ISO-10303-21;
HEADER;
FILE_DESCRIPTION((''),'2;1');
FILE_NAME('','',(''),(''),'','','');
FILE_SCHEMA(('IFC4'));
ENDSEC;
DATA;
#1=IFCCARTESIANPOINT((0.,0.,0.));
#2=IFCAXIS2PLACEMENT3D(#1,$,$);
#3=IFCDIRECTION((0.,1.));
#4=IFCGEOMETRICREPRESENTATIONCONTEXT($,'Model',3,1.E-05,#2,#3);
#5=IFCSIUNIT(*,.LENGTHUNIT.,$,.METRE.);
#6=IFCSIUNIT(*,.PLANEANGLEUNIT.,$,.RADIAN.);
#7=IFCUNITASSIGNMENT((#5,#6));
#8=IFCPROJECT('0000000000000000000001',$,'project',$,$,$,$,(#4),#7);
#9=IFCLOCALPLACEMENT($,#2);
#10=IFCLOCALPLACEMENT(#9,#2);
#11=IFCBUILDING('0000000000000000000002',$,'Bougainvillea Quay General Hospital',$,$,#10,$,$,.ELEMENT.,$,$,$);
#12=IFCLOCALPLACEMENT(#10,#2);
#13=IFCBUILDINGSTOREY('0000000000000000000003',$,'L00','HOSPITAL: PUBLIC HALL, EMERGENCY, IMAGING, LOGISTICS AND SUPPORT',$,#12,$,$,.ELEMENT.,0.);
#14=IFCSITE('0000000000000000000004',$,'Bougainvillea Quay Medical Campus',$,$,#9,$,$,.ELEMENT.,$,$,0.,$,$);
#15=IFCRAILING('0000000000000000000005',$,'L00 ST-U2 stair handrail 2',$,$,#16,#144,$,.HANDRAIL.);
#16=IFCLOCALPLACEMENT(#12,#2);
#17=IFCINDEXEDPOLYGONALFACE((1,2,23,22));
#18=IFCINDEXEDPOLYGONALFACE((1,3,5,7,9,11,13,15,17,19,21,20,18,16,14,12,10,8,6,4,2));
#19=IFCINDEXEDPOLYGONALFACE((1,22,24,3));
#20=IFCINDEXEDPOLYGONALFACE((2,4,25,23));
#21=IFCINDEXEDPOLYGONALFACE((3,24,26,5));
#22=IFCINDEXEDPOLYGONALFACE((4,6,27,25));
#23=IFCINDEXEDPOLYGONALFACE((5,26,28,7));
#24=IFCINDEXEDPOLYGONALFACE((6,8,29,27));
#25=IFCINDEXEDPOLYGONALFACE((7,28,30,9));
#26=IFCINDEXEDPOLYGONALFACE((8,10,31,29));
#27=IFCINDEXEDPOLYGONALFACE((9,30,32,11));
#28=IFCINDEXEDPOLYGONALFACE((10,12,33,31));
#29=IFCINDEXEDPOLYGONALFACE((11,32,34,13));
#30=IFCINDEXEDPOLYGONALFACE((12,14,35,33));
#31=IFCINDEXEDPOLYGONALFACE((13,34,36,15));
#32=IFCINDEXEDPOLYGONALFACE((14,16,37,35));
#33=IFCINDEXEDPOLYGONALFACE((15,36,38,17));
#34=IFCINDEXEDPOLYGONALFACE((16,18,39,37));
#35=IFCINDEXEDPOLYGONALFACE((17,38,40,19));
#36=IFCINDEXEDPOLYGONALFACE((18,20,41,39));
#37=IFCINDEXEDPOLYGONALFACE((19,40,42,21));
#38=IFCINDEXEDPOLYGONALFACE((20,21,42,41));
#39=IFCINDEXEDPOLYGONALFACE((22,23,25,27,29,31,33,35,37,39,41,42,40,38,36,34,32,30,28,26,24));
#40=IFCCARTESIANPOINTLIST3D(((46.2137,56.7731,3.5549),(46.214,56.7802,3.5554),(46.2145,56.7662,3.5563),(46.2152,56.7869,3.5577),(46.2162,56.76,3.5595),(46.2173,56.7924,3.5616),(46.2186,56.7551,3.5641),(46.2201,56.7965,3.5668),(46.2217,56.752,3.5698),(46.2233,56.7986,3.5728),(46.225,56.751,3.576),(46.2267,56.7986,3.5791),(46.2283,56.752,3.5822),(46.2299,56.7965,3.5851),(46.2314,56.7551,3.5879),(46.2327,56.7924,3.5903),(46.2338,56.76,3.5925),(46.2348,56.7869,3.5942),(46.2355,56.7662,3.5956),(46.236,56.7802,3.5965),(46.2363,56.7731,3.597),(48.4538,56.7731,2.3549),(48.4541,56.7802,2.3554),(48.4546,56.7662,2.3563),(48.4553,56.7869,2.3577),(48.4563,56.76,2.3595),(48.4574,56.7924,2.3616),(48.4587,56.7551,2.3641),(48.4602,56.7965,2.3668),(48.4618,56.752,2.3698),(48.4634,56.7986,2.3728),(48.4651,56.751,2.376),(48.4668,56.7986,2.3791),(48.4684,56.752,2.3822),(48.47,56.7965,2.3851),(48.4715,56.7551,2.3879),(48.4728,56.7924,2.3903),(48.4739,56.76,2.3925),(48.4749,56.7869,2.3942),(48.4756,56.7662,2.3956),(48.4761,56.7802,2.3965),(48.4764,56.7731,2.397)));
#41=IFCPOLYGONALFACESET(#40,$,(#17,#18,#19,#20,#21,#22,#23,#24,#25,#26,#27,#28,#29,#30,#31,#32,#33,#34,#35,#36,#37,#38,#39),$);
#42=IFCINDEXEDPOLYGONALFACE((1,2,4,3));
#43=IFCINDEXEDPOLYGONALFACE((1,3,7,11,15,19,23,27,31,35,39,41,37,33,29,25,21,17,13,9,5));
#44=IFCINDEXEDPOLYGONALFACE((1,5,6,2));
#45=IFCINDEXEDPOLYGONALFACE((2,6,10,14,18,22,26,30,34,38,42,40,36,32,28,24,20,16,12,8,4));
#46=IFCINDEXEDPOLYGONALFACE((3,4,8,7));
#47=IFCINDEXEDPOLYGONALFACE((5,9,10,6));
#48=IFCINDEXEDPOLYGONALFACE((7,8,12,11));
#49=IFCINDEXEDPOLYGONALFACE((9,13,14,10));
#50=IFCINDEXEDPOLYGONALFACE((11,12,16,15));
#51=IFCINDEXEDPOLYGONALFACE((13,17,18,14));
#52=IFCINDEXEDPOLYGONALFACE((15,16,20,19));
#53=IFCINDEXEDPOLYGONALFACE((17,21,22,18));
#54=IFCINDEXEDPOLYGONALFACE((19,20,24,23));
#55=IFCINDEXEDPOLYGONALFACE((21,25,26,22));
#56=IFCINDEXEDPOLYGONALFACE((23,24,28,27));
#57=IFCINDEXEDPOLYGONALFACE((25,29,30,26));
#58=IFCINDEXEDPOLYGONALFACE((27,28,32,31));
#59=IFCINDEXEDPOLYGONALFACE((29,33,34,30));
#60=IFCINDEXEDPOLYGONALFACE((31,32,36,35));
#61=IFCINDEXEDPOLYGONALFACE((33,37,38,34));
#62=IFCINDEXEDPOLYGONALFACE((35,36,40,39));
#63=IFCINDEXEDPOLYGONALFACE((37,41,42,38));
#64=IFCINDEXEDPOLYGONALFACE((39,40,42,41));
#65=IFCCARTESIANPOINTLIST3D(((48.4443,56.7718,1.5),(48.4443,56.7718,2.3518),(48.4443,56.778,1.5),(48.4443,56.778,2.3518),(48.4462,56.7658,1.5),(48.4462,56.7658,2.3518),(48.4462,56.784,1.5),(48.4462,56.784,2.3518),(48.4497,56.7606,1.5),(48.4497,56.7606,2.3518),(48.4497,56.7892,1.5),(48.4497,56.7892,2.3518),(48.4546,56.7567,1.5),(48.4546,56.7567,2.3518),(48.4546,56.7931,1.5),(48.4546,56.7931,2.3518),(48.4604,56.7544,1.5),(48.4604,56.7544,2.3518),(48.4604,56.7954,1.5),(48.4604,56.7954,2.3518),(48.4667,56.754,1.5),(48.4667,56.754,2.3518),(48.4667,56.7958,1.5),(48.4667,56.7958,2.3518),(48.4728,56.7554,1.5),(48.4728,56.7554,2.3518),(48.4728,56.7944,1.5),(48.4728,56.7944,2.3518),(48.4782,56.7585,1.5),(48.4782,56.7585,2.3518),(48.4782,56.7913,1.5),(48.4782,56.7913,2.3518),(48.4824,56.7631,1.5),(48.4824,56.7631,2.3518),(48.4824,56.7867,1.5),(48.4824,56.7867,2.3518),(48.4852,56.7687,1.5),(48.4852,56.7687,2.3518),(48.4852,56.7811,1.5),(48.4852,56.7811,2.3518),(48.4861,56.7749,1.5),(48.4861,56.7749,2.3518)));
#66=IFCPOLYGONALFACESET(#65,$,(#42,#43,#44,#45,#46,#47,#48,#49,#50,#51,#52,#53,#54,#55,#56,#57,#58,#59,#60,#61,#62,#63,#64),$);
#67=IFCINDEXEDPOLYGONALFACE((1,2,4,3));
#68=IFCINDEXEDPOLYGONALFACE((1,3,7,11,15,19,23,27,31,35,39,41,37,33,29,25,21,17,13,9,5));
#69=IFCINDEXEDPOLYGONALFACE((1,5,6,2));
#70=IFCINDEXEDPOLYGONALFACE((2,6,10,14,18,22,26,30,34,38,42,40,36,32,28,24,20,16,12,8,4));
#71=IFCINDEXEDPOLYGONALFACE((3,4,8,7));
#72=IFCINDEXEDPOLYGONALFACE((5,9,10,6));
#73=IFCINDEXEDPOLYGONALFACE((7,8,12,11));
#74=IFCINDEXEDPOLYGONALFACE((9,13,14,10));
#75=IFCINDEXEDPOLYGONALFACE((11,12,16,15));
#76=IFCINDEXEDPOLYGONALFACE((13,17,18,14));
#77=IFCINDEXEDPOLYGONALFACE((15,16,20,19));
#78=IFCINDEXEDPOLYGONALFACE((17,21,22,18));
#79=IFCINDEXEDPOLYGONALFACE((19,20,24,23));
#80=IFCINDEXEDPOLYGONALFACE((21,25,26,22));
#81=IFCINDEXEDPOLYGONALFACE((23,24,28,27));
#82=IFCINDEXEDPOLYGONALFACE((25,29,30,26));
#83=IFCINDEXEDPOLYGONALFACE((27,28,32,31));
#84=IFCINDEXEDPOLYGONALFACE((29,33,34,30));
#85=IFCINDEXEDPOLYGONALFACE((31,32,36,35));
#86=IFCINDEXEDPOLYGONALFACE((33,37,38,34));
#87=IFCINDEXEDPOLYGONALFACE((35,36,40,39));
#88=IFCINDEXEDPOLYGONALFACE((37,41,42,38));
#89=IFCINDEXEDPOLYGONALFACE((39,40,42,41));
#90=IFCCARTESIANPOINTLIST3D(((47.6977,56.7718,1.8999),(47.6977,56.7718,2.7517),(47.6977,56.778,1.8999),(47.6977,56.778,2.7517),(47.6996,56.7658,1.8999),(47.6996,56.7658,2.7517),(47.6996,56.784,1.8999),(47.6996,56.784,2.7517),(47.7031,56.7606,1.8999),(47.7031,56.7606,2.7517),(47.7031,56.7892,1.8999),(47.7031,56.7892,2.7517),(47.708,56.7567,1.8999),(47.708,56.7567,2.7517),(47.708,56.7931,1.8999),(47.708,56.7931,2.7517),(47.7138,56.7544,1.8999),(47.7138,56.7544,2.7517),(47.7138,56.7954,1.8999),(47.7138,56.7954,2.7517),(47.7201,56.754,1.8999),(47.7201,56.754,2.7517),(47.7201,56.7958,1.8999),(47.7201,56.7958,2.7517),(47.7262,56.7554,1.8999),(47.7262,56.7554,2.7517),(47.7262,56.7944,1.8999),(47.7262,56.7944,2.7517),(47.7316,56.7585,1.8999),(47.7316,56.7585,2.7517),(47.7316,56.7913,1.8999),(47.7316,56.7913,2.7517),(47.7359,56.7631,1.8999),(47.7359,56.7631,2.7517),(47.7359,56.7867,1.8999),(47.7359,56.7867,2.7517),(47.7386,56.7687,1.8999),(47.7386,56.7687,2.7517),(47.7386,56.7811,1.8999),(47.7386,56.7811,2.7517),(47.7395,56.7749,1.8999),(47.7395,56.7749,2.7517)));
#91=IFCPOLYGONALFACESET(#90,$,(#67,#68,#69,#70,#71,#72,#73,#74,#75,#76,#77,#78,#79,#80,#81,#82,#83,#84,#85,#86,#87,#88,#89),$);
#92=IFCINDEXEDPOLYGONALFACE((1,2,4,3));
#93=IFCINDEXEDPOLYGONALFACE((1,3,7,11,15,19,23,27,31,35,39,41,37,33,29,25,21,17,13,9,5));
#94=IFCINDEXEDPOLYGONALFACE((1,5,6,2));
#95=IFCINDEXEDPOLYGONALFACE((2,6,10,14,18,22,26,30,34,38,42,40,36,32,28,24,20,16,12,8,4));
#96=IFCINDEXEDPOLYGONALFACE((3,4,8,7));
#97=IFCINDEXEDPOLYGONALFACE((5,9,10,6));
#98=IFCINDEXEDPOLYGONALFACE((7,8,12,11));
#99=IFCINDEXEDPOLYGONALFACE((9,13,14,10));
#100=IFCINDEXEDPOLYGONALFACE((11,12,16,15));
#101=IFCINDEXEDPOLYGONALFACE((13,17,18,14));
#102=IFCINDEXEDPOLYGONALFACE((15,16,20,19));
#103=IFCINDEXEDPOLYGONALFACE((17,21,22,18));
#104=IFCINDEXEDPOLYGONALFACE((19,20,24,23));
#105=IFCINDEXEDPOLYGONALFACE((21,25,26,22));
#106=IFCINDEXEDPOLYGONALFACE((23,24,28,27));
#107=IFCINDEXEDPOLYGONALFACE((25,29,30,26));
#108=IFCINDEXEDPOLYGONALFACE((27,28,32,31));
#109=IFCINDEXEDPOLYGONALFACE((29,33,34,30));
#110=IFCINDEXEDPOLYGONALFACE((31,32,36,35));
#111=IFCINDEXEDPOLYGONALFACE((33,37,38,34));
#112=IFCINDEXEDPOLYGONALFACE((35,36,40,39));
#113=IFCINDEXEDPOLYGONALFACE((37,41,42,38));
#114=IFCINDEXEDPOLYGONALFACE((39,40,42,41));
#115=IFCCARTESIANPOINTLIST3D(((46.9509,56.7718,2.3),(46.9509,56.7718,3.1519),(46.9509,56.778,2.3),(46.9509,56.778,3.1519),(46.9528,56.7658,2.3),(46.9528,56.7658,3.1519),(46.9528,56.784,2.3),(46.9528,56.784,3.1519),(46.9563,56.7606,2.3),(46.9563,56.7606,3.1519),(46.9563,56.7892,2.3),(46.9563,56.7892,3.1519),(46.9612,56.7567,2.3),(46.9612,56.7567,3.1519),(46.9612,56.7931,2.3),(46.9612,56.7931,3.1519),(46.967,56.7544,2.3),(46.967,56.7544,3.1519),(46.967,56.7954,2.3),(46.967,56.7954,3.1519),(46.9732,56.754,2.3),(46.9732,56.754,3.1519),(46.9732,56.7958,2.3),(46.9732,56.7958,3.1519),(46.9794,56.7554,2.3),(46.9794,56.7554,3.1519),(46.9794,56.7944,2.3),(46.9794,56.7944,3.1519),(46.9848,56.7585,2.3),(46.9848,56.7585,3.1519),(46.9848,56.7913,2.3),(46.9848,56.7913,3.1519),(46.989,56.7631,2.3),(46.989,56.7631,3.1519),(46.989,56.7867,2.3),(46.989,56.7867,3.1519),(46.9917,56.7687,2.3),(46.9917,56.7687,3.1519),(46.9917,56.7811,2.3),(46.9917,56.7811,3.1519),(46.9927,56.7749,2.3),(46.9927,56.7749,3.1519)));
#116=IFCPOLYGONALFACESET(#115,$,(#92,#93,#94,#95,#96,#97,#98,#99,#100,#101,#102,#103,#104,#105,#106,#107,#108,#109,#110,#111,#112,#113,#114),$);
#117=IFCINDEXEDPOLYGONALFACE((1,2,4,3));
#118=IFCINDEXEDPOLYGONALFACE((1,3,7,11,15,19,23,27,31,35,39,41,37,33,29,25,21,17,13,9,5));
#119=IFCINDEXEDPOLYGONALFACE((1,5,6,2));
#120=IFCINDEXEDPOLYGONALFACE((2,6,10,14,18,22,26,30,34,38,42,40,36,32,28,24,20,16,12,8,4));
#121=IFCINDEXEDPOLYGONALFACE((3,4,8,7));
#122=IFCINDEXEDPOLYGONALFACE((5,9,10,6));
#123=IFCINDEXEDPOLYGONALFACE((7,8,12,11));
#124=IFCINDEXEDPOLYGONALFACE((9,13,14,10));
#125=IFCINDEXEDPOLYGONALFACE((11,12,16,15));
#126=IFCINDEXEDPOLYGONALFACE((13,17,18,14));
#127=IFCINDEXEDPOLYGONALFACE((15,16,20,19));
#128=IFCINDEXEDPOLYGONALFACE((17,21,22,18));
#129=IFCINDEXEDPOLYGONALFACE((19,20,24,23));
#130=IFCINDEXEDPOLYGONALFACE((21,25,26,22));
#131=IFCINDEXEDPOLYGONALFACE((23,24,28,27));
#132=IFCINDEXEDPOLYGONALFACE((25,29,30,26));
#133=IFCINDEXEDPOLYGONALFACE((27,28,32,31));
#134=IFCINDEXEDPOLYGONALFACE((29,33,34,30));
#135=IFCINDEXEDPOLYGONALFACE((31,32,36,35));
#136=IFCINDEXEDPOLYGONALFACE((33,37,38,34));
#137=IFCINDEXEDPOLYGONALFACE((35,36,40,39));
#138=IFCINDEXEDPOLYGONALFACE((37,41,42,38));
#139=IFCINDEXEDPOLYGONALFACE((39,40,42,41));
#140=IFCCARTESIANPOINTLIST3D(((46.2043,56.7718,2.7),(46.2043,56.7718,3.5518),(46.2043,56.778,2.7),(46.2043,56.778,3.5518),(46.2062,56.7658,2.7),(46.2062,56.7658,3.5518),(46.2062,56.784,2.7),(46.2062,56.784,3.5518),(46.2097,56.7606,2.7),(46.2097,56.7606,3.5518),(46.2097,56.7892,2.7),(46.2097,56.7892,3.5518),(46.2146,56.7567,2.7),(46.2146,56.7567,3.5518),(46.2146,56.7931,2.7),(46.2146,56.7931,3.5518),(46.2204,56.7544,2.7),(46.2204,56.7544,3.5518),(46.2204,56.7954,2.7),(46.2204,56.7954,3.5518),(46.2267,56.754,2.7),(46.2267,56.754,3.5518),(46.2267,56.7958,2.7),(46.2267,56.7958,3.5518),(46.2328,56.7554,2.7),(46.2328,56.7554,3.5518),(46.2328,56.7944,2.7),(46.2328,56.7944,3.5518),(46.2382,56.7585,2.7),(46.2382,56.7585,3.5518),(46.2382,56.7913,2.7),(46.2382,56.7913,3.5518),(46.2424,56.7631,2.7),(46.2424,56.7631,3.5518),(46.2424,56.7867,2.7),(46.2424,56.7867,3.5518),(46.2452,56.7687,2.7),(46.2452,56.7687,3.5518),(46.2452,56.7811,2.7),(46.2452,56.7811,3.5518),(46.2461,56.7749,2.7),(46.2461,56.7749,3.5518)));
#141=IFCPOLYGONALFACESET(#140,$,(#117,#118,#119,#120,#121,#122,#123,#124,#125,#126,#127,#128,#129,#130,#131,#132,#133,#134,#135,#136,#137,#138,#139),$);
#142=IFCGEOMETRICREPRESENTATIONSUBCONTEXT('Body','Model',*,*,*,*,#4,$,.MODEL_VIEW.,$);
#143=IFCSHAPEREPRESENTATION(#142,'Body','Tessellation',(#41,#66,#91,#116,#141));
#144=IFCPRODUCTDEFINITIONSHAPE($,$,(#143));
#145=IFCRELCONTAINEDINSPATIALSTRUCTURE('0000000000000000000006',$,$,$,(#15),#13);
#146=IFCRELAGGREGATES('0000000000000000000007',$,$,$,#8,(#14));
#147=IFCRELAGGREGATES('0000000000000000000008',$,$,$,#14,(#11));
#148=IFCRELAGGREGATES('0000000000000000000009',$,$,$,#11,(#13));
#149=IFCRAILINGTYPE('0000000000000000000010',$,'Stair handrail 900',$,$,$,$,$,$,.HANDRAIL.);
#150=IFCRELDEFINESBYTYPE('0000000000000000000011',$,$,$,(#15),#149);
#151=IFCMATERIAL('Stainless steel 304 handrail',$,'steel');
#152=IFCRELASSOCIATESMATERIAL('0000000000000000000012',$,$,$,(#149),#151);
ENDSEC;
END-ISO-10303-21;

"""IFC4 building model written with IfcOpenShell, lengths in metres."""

from ifc_helpers import new_model, si_unit, direction, frame, origin, origin_2d, place, context, subcontext, project, spatial, circle, extrude, material, type_object, element, save


model = new_model("IFC4")

# Units and contexts
model_context = context("Model", 3, precision=1e-05, world=origin(), true_north=direction((0.0, 1.0)))
body_context = subcontext(model_context, "Body", "Model", "MODEL_VIEW")
ifc_project = project(units=[si_unit("LENGTHUNIT", "METRE"), si_unit("PLANEANGLEUNIT", "RADIAN")], contexts=[model_context])

# Site, building, storey
site_placement = place(None, origin())
site = spatial("IfcSite", under=ifc_project, at=site_placement, Name="Bougainvillea Quay Medical Campus", CompositionType="ELEMENT", RefElevation=0.0)
building_placement = place(site_placement, origin())
building = spatial("IfcBuilding", under=site, at=building_placement, Name="Bougainvillea Quay General Hospital", CompositionType="ELEMENT")
storey_placement = place(building_placement, origin())
storey = spatial("IfcBuildingStorey", under=building, at=storey_placement, Name="L00", Description="HOSPITAL: PUBLIC HALL, EMERGENCY, IMAGING, LOGISTICS AND SUPPORT", CompositionType="ELEMENT", Elevation=0.0)

# Railing
ifc_material_1 = material(Name="Stainless steel 304 handrail", Category="steel")
railing_type_1 = type_object("IfcRailingType", Name="Stair handrail 900", PredefinedType="HANDRAIL", material=ifc_material_1)
for number, where, name in (
    (1, (48.4651, 56.7749, 1.5), "L00 ST-U2 stair handrail 2"),
):
    element("IfcRailing", number, at=place(storey_placement, frame(where)), inside=storey, type_object=railing_type_1, Name=name, PredefinedType="HANDRAIL", context=body_context, shape_type="SweptSolid", body=[
        extrude(circle(Radius=0.0239, at=origin_2d()), frame((0.0, 0.0, 0.876), z_axis=(-0.881487, 0.0, 0.472208), x_axis=(0.0, -1.0, 0.0)), (0.0, 0.0, 1.0), 2.5413),
        extrude(circle(Radius=0.021, at=origin_2d()), origin(), (0.0, 0.0, 1.0), 0.8518),
        extrude(circle(Radius=0.021, at=origin_2d()), frame((-0.7466, 0.0, 0.3999)), (0.0, 0.0, 1.0), 0.8518),
        extrude(circle(Radius=0.021, at=origin_2d()), frame((-1.4934, 0.0, 0.8)), (0.0, 0.0, 1.0), 0.8518),
        extrude(circle(Radius=0.021, at=origin_2d()), frame((-2.24, 0.0, 1.2)), (0.0, 0.0, 1.0), 0.8518),
    ])

save(model, "model.ifc")
